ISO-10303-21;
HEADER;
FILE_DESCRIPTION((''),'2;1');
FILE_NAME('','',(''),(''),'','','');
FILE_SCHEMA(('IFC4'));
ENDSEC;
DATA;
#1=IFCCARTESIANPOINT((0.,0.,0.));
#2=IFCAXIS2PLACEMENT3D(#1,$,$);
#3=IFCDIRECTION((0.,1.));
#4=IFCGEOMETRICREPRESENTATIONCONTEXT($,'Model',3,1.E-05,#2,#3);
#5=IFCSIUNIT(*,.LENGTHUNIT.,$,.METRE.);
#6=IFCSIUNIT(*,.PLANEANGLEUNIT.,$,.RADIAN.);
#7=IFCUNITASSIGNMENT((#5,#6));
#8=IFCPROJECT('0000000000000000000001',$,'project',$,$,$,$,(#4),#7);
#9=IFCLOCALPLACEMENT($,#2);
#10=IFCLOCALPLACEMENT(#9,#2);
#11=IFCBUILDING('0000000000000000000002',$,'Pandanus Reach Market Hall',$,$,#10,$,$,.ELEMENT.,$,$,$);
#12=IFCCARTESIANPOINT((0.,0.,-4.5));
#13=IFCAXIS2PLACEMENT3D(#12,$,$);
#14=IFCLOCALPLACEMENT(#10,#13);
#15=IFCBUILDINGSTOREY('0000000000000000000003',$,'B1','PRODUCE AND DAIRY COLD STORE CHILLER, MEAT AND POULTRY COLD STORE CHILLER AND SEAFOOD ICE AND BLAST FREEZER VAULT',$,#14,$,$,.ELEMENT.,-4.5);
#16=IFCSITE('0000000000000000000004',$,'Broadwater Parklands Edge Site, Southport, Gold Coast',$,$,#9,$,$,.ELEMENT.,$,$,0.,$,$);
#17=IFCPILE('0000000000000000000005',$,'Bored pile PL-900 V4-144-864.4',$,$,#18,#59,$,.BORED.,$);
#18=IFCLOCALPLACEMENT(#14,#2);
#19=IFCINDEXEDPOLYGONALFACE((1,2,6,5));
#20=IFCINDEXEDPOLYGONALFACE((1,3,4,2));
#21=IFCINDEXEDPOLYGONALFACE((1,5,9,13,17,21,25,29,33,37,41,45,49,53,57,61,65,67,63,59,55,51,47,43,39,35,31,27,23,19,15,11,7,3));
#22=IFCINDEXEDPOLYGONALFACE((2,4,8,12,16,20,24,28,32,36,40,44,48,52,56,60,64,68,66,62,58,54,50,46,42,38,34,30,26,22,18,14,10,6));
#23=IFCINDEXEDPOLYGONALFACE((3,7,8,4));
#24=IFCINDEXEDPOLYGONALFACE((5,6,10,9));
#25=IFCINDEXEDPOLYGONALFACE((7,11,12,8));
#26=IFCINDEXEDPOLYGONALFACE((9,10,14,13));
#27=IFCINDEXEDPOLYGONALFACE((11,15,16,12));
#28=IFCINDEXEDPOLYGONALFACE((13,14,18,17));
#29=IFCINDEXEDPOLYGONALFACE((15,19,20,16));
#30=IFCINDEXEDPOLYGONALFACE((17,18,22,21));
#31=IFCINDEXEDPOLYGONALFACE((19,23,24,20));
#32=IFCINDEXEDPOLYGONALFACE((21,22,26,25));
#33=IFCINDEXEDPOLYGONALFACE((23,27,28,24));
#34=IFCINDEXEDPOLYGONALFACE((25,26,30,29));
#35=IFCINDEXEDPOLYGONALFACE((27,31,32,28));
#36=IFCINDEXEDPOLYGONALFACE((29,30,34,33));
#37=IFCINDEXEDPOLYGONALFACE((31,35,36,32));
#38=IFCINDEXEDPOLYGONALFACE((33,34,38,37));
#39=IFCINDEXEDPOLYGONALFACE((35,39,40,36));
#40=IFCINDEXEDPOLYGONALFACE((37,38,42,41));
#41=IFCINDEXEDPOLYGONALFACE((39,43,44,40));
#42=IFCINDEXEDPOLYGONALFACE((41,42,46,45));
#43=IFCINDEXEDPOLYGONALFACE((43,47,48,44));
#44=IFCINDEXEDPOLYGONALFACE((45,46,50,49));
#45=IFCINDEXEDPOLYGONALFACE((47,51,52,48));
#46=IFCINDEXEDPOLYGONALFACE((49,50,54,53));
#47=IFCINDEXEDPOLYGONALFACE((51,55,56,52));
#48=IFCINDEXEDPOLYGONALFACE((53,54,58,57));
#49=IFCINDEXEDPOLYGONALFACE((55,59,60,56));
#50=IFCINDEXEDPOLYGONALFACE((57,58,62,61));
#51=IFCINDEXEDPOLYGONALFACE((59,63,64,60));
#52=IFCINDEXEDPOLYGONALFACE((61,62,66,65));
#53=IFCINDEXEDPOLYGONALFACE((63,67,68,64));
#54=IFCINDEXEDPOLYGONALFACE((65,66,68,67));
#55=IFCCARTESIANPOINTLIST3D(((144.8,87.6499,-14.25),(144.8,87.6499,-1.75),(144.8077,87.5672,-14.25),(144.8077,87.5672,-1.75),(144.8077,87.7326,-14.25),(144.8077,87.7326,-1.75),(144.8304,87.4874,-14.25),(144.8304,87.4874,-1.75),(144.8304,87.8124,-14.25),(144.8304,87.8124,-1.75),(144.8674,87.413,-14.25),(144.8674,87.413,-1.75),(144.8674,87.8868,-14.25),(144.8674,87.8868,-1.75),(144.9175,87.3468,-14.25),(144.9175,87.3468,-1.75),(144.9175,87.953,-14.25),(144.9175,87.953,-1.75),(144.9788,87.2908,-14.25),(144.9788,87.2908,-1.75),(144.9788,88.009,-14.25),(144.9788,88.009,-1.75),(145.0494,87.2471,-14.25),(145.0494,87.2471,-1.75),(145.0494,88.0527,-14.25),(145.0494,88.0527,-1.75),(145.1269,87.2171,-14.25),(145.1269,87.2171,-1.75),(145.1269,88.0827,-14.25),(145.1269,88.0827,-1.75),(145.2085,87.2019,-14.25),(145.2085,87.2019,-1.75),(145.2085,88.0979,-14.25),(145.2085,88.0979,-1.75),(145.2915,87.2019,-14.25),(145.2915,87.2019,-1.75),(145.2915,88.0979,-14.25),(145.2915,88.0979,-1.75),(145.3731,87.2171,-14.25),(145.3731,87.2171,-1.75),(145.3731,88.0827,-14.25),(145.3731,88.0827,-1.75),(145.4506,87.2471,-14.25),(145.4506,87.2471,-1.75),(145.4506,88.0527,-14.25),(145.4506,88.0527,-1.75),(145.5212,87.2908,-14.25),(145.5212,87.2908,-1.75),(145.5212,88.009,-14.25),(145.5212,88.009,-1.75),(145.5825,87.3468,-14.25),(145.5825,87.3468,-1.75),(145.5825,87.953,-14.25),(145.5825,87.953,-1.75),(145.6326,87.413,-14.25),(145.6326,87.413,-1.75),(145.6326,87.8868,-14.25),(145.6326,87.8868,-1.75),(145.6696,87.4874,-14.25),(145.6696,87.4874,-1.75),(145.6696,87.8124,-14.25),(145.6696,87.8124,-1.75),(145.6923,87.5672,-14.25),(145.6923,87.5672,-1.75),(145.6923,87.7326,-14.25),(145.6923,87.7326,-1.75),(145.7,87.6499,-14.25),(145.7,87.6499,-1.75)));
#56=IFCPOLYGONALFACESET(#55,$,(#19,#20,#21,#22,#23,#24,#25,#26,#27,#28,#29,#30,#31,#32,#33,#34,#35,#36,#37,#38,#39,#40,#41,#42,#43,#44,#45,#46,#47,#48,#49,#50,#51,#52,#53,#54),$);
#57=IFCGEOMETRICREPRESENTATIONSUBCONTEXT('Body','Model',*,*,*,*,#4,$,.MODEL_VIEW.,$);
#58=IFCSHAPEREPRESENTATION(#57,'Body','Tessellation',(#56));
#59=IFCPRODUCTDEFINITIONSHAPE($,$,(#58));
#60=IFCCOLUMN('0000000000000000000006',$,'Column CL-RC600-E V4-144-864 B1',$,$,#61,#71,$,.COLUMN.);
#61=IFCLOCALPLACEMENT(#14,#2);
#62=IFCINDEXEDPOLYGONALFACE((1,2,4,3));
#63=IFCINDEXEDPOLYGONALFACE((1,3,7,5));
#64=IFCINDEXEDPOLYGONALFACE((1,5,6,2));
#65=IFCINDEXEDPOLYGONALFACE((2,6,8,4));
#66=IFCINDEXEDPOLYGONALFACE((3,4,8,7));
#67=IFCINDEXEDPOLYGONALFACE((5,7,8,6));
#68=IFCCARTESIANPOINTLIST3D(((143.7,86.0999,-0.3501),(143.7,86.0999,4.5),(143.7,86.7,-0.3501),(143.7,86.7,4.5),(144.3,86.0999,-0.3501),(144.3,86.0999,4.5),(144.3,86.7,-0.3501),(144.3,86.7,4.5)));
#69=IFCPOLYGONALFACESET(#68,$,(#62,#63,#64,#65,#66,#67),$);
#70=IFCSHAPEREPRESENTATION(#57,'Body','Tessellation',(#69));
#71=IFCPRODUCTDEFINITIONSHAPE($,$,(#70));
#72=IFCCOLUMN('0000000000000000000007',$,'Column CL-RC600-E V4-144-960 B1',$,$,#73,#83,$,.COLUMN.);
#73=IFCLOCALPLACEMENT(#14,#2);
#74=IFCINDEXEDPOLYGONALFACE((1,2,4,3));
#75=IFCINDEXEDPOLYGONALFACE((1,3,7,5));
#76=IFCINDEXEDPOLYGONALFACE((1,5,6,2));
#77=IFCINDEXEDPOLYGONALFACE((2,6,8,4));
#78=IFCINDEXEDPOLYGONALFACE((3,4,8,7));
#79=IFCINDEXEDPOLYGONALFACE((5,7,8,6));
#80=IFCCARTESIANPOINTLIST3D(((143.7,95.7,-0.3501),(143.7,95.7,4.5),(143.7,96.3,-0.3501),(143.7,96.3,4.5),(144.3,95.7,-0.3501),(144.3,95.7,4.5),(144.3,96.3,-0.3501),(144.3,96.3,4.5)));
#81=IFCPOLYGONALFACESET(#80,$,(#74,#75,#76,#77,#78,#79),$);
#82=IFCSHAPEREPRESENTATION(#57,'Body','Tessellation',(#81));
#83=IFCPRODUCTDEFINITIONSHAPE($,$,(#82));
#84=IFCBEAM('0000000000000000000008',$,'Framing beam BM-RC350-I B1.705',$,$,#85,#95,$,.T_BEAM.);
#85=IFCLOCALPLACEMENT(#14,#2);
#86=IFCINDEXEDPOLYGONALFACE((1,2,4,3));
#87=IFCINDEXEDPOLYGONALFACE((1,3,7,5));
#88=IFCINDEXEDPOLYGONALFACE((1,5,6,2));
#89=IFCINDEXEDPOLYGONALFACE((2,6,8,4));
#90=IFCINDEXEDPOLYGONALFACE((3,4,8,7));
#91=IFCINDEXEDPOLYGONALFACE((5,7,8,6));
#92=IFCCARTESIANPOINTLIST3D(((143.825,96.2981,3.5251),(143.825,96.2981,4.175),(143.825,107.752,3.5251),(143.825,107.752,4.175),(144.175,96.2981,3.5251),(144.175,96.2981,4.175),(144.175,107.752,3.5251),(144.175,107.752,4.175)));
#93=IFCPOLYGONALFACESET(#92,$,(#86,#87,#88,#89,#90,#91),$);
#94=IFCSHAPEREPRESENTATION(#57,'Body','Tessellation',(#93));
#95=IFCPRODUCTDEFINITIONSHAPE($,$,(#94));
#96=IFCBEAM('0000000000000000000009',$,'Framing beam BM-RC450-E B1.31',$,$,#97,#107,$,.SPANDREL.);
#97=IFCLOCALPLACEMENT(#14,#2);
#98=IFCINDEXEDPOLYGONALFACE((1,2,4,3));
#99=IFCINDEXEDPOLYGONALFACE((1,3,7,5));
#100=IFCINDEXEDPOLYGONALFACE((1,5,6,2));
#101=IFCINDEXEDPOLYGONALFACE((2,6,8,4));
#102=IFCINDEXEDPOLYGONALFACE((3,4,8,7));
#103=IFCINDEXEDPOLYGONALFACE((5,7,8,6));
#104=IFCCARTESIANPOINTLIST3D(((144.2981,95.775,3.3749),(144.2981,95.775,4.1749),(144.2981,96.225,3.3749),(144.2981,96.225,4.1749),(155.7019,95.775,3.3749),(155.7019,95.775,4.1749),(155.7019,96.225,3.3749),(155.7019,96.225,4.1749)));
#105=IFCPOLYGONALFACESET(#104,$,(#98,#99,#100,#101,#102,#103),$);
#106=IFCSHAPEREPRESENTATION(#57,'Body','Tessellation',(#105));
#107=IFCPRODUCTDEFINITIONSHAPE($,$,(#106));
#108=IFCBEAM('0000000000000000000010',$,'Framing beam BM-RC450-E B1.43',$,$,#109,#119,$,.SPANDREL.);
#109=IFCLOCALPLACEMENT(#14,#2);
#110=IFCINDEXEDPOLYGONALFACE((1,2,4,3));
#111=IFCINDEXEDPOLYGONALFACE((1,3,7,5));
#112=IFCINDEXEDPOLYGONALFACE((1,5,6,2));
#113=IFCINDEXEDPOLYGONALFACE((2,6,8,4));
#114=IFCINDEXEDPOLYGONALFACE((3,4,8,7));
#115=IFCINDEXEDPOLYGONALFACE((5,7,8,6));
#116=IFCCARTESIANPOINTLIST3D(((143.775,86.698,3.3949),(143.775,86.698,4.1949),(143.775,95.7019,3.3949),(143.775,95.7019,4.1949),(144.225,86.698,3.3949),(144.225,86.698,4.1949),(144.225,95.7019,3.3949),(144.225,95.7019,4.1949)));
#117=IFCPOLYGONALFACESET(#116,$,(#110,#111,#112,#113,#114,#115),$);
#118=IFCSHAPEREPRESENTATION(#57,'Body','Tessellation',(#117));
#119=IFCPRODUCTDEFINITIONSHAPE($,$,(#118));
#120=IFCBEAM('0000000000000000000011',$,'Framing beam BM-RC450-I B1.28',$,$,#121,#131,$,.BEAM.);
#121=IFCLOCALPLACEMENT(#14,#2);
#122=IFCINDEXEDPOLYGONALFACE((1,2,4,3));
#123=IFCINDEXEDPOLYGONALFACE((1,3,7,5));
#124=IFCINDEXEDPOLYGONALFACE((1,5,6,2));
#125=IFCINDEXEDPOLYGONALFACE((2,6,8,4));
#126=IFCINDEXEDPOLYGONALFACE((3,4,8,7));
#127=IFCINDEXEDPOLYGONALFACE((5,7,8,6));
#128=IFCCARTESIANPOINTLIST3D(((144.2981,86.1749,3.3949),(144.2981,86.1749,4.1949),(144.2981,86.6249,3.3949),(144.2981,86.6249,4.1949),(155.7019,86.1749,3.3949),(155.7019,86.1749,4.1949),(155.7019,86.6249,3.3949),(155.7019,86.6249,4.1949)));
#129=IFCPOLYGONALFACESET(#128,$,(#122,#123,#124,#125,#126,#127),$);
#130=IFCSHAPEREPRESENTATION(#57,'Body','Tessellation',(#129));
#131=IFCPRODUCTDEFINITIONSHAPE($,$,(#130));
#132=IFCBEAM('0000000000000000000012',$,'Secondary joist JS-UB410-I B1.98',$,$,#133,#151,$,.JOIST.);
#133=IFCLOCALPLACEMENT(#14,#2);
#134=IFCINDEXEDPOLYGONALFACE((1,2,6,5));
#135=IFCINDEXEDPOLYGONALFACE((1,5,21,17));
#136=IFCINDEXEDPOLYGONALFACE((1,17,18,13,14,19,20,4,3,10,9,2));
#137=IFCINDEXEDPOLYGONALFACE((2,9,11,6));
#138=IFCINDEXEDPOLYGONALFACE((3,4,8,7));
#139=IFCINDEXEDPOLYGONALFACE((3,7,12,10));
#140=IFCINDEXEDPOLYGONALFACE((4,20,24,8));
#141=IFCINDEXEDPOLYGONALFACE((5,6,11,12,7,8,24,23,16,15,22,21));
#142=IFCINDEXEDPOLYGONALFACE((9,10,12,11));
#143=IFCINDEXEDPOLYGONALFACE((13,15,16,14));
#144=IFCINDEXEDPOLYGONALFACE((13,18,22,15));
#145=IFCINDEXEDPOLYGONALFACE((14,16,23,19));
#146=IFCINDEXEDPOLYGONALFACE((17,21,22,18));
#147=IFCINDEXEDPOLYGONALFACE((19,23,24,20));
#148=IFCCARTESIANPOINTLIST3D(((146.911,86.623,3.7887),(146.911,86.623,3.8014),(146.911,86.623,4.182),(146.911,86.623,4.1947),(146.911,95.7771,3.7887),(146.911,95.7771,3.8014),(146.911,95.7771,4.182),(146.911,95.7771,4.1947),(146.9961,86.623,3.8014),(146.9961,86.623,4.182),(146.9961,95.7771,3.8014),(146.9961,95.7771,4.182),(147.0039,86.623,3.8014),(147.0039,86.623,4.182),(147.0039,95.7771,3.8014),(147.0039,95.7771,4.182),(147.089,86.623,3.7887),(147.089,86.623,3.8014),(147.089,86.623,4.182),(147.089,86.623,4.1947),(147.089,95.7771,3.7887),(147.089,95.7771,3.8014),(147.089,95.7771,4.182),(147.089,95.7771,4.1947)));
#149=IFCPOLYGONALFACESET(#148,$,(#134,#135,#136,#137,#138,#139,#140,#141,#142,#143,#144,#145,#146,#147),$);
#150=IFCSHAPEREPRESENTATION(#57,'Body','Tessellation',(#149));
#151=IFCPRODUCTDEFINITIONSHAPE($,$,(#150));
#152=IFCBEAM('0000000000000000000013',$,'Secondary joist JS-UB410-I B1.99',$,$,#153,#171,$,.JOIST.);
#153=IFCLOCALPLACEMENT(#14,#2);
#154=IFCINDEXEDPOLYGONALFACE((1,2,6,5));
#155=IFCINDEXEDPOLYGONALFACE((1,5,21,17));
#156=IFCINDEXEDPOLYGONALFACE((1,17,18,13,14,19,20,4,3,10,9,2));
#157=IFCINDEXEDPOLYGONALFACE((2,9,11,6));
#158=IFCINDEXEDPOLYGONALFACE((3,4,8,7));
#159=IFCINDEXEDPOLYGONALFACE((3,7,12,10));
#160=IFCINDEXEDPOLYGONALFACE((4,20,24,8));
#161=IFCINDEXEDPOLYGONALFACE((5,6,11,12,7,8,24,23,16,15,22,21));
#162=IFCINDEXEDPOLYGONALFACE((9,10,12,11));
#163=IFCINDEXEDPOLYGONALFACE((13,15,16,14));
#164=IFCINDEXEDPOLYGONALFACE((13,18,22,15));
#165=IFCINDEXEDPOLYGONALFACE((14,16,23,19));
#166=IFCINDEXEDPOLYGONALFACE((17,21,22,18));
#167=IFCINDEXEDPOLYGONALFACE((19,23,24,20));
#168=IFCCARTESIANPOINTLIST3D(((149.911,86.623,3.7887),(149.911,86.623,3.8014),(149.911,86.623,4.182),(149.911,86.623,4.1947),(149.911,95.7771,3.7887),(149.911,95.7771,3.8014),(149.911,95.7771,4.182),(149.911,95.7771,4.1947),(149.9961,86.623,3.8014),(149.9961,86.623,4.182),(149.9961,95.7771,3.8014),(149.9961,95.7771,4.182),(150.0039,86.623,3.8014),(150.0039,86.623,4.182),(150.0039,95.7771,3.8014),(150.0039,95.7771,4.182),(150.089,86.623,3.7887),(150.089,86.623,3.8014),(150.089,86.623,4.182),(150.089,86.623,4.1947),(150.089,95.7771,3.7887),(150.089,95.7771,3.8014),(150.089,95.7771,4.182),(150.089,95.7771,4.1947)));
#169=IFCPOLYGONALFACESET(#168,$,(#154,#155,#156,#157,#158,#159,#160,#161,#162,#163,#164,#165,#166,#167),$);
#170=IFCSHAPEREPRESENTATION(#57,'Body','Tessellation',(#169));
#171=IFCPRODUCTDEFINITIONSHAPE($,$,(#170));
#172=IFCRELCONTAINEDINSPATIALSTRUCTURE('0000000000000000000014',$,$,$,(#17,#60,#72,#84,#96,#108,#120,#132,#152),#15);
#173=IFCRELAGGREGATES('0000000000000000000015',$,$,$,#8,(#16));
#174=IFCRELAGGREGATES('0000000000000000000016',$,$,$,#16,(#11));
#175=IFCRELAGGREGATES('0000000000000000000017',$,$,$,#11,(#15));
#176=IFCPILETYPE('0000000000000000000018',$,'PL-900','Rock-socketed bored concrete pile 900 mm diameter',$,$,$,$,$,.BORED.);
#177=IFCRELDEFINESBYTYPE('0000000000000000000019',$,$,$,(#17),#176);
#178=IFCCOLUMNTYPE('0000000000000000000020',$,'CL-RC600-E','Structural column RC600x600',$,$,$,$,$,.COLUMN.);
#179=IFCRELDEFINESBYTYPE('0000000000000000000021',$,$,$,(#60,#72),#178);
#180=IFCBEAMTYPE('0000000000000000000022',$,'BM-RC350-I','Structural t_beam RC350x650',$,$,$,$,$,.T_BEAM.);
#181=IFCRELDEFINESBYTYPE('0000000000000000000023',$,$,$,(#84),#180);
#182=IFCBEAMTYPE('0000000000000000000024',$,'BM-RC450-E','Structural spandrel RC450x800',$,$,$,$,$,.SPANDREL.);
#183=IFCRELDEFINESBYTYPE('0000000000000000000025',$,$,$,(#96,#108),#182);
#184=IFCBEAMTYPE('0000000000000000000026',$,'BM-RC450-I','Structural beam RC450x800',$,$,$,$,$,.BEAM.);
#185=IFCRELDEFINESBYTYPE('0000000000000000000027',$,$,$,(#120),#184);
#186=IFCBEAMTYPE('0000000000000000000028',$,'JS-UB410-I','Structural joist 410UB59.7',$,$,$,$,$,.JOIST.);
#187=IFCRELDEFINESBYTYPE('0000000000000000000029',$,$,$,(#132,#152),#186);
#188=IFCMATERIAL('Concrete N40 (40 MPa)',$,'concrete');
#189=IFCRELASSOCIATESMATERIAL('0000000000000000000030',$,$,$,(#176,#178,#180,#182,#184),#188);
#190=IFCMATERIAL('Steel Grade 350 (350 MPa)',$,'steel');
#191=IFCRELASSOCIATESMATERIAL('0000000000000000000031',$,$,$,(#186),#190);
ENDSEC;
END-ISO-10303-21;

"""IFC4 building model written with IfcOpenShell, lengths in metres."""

from ifc_helpers import new_model, si_unit, direction, frame, origin, origin_2d, place, context, subcontext, project, spatial, rectangle, circle, i_section, extrude, material, material_profile, profile_set, type_object, element, save


model = new_model("IFC4")

# Units and contexts
model_context = context("Model", 3, precision=1e-05, world=origin(), true_north=direction((0.0, 1.0)))
body_context = subcontext(model_context, "Body", "Model", "MODEL_VIEW")
ifc_project = project(units=[si_unit("LENGTHUNIT", "METRE"), si_unit("PLANEANGLEUNIT", "RADIAN")], contexts=[model_context])

# Site, building, storey
site_placement = place(None, origin())
site = spatial("IfcSite", under=ifc_project, at=site_placement, Name="Broadwater Parklands Edge Site, Southport, Gold Coast", CompositionType="ELEMENT", RefElevation=0.0)
building_placement = place(site_placement, origin())
building = spatial("IfcBuilding", under=site, at=building_placement, Name="Pandanus Reach Market Hall", CompositionType="ELEMENT")
storey_placement = place(building_placement, frame((0.0, 0.0, -4.5)))
storey = spatial("IfcBuildingStorey", under=building, at=storey_placement, Name="B1", Description="PRODUCE AND DAIRY COLD STORE CHILLER, MEAT AND POULTRY COLD STORE CHILLER AND SEAFOOD ICE AND BLAST FREEZER VAULT", CompositionType="ELEMENT", Elevation=-4.5)

# Shared definitions
ifc_material_1 = material(Name="Concrete N40 (40 MPa)", Category="concrete")

# Pile
ifc_material_profile_1 = material_profile(ifc_material_1, circle(Radius=0.45, at=origin_2d()), Name="PILE-900D", Category="LoadBearing")
ifc_profile_set_1 = profile_set([ifc_material_profile_1], Name="Concrete N40 (40 MPa)")
pile_type_1 = type_object("IfcPileType", Name="PL-900", Description="Rock-socketed bored concrete pile 900 mm diameter", PredefinedType="BORED", material=ifc_profile_set_1)
for number, where, z_axis, x_axis, name in (
    (1, (145.25, 87.6499, -1.75), (0.0, 0.0, -1.0), (1.0, 0.0, 0.0), "Bored pile PL-900 V4-144-864.4"),
):
    element("IfcPile", number, at=place(storey_placement, frame(where, z_axis=z_axis, x_axis=x_axis)), inside=storey, type_object=pile_type_1, Name=name, PredefinedType="BORED", context=body_context, shape_type="SweptSolid", body=[
        extrude(circle(Radius=0.45, at=origin_2d()), origin(), (0.0, 0.0, 1.0), 12.5),
    ])

# Columns
ifc_material_profile_2 = material_profile(ifc_material_1, rectangle(XDim=0.6001, YDim=0.6001, at=origin_2d()), Name="RC600x600", Category="LoadBearing")
ifc_profile_set_2 = profile_set([ifc_material_profile_2], Name="Concrete N40 (40 MPa)")
column_type = type_object("IfcColumnType", Name="CL-RC600-E", Description="Structural column RC600x600", PredefinedType="COLUMN", material=ifc_profile_set_2)
for number, where, z_axis, x_axis, name in (
    (2, (144.0, 86.3999, -0.3501), (0.0, 0.0, 1.0), (1.0, 0.0, 0.0), "Column CL-RC600-E V4-144-864 B1"),
    (3, (144.0, 96.0, -0.3501), (0.0, 0.0, 1.0), (1.0, 0.0, 0.0), "Column CL-RC600-E V4-144-960 B1"),
):
    element("IfcColumn", number, at=place(storey_placement, frame(where, z_axis=z_axis, x_axis=x_axis)), inside=storey, type_object=column_type, Name=name, PredefinedType="COLUMN", context=body_context, shape_type="SweptSolid", body=[
        extrude(rectangle(XDim=0.6001, YDim=0.6001, at=origin_2d()), origin(), (0.0, 0.0, 1.0), 4.8501),
    ])

# Beams
ifc_material_profile_3 = material_profile(ifc_material_1, rectangle(XDim=0.3501, YDim=0.6499, at=origin_2d()), Name="RC350x650", Category="LoadBearing")
ifc_profile_set_3 = profile_set([ifc_material_profile_3], Name="Concrete N40 (40 MPa)")
beam_type_1 = type_object("IfcBeamType", Name="BM-RC350-I", Description="Structural t_beam RC350x650", PredefinedType="T_BEAM", material=ifc_profile_set_3)
beam_1_placement = place(storey_placement, frame((144.0, 96.2981, 3.8501), z_axis=(0.0, 1.0, 0.0), x_axis=(-1.0, 0.0, 0.0)))
element("IfcBeam", 4, at=beam_1_placement, inside=storey, type_object=beam_type_1, Name="Framing beam BM-RC350-I B1.705", PredefinedType="T_BEAM", context=body_context, shape_type="SweptSolid", body=[
    extrude(rectangle(XDim=0.3501, YDim=0.6499, at=origin_2d()), origin(), (0.0, 0.0, 1.0), 11.4539),
])
ifc_material_profile_4 = material_profile(ifc_material_1, rectangle(XDim=0.45, YDim=0.8, at=origin_2d()), Name="RC450x800", Category="LoadBearing")
ifc_profile_set_4 = profile_set([ifc_material_profile_4], Name="Concrete N40 (40 MPa)")
beam_type_2 = type_object("IfcBeamType", Name="BM-RC450-E", Description="Structural spandrel RC450x800", PredefinedType="SPANDREL", material=ifc_profile_set_4)
beam_2_placement = place(storey_placement, frame((144.2981, 96.0, 3.7749), z_axis=(1.0, 0.0, 0.0), x_axis=(0.0, 1.0, 0.0)))
element("IfcBeam", 5, at=beam_2_placement, inside=storey, type_object=beam_type_2, Name="Framing beam BM-RC450-E B1.31", PredefinedType="SPANDREL", context=body_context, shape_type="SweptSolid", body=[
    extrude(rectangle(XDim=0.45, YDim=0.8, at=origin_2d()), origin(), (0.0, 0.0, 1.0), 11.4038),
])
beam_3_placement = place(storey_placement, frame((144.0, 86.698, 3.7949), z_axis=(0.0, 1.0, 0.0), x_axis=(-1.0, 0.0, 0.0)))
element("IfcBeam", 6, at=beam_3_placement, inside=storey, type_object=beam_type_2, Name="Framing beam BM-RC450-E B1.43", PredefinedType="SPANDREL", context=body_context, shape_type="SweptSolid", body=[
    extrude(rectangle(XDim=0.45, YDim=0.8, at=origin_2d()), origin(), (0.0, 0.0, 1.0), 9.0039),
])
ifc_material_profile_5 = material_profile(ifc_material_1, rectangle(XDim=0.45, YDim=0.8, at=origin_2d()), Name="RC450x800", Category="LoadBearing")
ifc_profile_set_5 = profile_set([ifc_material_profile_5], Name="Concrete N40 (40 MPa)")
beam_type_3 = type_object("IfcBeamType", Name="BM-RC450-I", Description="Structural beam RC450x800", PredefinedType="BEAM", material=ifc_profile_set_5)
beam_4_placement = place(storey_placement, frame((144.2981, 86.3999, 3.7949), z_axis=(1.0, 0.0, 0.0), x_axis=(0.0, 1.0, 0.0)))
element("IfcBeam", 7, at=beam_4_placement, inside=storey, type_object=beam_type_3, Name="Framing beam BM-RC450-I B1.28", PredefinedType="BEAM", context=body_context, shape_type="SweptSolid", body=[
    extrude(rectangle(XDim=0.45, YDim=0.8, at=origin_2d()), origin(), (0.0, 0.0, 1.0), 11.4038),
])
ifc_material_2 = material(Name="Steel Grade 350 (350 MPa)", Category="steel")
ifc_material_profile_6 = material_profile(ifc_material_2, i_section(OverallWidth=0.178, OverallDepth=0.406, WebThickness=0.0078, FlangeThickness=0.0127, at=origin_2d()), Name="410UB59.7", Category="LoadBearing")
ifc_profile_set_6 = profile_set([ifc_material_profile_6], Name="Steel Grade 350 (350 MPa)")
beam_type_4 = type_object("IfcBeamType", Name="JS-UB410-I", Description="Structural joist 410UB59.7", PredefinedType="JOIST", material=ifc_profile_set_6)
for number, where, z_axis, x_axis, name in (
    (8, (147.0, 86.623, 3.9917), (0.0, 1.0, 0.0), (-1.0, 0.0, 0.0), "Secondary joist JS-UB410-I B1.98"),
    (9, (150.0, 86.623, 3.9917), (0.0, 1.0, 0.0), (-1.0, 0.0, 0.0), "Secondary joist JS-UB410-I B1.99"),
):
    element("IfcBeam", number, at=place(storey_placement, frame(where, z_axis=z_axis, x_axis=x_axis)), inside=storey, type_object=beam_type_4, Name=name, PredefinedType="JOIST", context=body_context, shape_type="SweptSolid", body=[
        extrude(i_section(OverallWidth=0.178, OverallDepth=0.406, WebThickness=0.0078, FlangeThickness=0.0127, at=origin_2d()), origin(), (0.0, 0.0, 1.0), 9.1541),
    ])

save(model, "model.ifc")
